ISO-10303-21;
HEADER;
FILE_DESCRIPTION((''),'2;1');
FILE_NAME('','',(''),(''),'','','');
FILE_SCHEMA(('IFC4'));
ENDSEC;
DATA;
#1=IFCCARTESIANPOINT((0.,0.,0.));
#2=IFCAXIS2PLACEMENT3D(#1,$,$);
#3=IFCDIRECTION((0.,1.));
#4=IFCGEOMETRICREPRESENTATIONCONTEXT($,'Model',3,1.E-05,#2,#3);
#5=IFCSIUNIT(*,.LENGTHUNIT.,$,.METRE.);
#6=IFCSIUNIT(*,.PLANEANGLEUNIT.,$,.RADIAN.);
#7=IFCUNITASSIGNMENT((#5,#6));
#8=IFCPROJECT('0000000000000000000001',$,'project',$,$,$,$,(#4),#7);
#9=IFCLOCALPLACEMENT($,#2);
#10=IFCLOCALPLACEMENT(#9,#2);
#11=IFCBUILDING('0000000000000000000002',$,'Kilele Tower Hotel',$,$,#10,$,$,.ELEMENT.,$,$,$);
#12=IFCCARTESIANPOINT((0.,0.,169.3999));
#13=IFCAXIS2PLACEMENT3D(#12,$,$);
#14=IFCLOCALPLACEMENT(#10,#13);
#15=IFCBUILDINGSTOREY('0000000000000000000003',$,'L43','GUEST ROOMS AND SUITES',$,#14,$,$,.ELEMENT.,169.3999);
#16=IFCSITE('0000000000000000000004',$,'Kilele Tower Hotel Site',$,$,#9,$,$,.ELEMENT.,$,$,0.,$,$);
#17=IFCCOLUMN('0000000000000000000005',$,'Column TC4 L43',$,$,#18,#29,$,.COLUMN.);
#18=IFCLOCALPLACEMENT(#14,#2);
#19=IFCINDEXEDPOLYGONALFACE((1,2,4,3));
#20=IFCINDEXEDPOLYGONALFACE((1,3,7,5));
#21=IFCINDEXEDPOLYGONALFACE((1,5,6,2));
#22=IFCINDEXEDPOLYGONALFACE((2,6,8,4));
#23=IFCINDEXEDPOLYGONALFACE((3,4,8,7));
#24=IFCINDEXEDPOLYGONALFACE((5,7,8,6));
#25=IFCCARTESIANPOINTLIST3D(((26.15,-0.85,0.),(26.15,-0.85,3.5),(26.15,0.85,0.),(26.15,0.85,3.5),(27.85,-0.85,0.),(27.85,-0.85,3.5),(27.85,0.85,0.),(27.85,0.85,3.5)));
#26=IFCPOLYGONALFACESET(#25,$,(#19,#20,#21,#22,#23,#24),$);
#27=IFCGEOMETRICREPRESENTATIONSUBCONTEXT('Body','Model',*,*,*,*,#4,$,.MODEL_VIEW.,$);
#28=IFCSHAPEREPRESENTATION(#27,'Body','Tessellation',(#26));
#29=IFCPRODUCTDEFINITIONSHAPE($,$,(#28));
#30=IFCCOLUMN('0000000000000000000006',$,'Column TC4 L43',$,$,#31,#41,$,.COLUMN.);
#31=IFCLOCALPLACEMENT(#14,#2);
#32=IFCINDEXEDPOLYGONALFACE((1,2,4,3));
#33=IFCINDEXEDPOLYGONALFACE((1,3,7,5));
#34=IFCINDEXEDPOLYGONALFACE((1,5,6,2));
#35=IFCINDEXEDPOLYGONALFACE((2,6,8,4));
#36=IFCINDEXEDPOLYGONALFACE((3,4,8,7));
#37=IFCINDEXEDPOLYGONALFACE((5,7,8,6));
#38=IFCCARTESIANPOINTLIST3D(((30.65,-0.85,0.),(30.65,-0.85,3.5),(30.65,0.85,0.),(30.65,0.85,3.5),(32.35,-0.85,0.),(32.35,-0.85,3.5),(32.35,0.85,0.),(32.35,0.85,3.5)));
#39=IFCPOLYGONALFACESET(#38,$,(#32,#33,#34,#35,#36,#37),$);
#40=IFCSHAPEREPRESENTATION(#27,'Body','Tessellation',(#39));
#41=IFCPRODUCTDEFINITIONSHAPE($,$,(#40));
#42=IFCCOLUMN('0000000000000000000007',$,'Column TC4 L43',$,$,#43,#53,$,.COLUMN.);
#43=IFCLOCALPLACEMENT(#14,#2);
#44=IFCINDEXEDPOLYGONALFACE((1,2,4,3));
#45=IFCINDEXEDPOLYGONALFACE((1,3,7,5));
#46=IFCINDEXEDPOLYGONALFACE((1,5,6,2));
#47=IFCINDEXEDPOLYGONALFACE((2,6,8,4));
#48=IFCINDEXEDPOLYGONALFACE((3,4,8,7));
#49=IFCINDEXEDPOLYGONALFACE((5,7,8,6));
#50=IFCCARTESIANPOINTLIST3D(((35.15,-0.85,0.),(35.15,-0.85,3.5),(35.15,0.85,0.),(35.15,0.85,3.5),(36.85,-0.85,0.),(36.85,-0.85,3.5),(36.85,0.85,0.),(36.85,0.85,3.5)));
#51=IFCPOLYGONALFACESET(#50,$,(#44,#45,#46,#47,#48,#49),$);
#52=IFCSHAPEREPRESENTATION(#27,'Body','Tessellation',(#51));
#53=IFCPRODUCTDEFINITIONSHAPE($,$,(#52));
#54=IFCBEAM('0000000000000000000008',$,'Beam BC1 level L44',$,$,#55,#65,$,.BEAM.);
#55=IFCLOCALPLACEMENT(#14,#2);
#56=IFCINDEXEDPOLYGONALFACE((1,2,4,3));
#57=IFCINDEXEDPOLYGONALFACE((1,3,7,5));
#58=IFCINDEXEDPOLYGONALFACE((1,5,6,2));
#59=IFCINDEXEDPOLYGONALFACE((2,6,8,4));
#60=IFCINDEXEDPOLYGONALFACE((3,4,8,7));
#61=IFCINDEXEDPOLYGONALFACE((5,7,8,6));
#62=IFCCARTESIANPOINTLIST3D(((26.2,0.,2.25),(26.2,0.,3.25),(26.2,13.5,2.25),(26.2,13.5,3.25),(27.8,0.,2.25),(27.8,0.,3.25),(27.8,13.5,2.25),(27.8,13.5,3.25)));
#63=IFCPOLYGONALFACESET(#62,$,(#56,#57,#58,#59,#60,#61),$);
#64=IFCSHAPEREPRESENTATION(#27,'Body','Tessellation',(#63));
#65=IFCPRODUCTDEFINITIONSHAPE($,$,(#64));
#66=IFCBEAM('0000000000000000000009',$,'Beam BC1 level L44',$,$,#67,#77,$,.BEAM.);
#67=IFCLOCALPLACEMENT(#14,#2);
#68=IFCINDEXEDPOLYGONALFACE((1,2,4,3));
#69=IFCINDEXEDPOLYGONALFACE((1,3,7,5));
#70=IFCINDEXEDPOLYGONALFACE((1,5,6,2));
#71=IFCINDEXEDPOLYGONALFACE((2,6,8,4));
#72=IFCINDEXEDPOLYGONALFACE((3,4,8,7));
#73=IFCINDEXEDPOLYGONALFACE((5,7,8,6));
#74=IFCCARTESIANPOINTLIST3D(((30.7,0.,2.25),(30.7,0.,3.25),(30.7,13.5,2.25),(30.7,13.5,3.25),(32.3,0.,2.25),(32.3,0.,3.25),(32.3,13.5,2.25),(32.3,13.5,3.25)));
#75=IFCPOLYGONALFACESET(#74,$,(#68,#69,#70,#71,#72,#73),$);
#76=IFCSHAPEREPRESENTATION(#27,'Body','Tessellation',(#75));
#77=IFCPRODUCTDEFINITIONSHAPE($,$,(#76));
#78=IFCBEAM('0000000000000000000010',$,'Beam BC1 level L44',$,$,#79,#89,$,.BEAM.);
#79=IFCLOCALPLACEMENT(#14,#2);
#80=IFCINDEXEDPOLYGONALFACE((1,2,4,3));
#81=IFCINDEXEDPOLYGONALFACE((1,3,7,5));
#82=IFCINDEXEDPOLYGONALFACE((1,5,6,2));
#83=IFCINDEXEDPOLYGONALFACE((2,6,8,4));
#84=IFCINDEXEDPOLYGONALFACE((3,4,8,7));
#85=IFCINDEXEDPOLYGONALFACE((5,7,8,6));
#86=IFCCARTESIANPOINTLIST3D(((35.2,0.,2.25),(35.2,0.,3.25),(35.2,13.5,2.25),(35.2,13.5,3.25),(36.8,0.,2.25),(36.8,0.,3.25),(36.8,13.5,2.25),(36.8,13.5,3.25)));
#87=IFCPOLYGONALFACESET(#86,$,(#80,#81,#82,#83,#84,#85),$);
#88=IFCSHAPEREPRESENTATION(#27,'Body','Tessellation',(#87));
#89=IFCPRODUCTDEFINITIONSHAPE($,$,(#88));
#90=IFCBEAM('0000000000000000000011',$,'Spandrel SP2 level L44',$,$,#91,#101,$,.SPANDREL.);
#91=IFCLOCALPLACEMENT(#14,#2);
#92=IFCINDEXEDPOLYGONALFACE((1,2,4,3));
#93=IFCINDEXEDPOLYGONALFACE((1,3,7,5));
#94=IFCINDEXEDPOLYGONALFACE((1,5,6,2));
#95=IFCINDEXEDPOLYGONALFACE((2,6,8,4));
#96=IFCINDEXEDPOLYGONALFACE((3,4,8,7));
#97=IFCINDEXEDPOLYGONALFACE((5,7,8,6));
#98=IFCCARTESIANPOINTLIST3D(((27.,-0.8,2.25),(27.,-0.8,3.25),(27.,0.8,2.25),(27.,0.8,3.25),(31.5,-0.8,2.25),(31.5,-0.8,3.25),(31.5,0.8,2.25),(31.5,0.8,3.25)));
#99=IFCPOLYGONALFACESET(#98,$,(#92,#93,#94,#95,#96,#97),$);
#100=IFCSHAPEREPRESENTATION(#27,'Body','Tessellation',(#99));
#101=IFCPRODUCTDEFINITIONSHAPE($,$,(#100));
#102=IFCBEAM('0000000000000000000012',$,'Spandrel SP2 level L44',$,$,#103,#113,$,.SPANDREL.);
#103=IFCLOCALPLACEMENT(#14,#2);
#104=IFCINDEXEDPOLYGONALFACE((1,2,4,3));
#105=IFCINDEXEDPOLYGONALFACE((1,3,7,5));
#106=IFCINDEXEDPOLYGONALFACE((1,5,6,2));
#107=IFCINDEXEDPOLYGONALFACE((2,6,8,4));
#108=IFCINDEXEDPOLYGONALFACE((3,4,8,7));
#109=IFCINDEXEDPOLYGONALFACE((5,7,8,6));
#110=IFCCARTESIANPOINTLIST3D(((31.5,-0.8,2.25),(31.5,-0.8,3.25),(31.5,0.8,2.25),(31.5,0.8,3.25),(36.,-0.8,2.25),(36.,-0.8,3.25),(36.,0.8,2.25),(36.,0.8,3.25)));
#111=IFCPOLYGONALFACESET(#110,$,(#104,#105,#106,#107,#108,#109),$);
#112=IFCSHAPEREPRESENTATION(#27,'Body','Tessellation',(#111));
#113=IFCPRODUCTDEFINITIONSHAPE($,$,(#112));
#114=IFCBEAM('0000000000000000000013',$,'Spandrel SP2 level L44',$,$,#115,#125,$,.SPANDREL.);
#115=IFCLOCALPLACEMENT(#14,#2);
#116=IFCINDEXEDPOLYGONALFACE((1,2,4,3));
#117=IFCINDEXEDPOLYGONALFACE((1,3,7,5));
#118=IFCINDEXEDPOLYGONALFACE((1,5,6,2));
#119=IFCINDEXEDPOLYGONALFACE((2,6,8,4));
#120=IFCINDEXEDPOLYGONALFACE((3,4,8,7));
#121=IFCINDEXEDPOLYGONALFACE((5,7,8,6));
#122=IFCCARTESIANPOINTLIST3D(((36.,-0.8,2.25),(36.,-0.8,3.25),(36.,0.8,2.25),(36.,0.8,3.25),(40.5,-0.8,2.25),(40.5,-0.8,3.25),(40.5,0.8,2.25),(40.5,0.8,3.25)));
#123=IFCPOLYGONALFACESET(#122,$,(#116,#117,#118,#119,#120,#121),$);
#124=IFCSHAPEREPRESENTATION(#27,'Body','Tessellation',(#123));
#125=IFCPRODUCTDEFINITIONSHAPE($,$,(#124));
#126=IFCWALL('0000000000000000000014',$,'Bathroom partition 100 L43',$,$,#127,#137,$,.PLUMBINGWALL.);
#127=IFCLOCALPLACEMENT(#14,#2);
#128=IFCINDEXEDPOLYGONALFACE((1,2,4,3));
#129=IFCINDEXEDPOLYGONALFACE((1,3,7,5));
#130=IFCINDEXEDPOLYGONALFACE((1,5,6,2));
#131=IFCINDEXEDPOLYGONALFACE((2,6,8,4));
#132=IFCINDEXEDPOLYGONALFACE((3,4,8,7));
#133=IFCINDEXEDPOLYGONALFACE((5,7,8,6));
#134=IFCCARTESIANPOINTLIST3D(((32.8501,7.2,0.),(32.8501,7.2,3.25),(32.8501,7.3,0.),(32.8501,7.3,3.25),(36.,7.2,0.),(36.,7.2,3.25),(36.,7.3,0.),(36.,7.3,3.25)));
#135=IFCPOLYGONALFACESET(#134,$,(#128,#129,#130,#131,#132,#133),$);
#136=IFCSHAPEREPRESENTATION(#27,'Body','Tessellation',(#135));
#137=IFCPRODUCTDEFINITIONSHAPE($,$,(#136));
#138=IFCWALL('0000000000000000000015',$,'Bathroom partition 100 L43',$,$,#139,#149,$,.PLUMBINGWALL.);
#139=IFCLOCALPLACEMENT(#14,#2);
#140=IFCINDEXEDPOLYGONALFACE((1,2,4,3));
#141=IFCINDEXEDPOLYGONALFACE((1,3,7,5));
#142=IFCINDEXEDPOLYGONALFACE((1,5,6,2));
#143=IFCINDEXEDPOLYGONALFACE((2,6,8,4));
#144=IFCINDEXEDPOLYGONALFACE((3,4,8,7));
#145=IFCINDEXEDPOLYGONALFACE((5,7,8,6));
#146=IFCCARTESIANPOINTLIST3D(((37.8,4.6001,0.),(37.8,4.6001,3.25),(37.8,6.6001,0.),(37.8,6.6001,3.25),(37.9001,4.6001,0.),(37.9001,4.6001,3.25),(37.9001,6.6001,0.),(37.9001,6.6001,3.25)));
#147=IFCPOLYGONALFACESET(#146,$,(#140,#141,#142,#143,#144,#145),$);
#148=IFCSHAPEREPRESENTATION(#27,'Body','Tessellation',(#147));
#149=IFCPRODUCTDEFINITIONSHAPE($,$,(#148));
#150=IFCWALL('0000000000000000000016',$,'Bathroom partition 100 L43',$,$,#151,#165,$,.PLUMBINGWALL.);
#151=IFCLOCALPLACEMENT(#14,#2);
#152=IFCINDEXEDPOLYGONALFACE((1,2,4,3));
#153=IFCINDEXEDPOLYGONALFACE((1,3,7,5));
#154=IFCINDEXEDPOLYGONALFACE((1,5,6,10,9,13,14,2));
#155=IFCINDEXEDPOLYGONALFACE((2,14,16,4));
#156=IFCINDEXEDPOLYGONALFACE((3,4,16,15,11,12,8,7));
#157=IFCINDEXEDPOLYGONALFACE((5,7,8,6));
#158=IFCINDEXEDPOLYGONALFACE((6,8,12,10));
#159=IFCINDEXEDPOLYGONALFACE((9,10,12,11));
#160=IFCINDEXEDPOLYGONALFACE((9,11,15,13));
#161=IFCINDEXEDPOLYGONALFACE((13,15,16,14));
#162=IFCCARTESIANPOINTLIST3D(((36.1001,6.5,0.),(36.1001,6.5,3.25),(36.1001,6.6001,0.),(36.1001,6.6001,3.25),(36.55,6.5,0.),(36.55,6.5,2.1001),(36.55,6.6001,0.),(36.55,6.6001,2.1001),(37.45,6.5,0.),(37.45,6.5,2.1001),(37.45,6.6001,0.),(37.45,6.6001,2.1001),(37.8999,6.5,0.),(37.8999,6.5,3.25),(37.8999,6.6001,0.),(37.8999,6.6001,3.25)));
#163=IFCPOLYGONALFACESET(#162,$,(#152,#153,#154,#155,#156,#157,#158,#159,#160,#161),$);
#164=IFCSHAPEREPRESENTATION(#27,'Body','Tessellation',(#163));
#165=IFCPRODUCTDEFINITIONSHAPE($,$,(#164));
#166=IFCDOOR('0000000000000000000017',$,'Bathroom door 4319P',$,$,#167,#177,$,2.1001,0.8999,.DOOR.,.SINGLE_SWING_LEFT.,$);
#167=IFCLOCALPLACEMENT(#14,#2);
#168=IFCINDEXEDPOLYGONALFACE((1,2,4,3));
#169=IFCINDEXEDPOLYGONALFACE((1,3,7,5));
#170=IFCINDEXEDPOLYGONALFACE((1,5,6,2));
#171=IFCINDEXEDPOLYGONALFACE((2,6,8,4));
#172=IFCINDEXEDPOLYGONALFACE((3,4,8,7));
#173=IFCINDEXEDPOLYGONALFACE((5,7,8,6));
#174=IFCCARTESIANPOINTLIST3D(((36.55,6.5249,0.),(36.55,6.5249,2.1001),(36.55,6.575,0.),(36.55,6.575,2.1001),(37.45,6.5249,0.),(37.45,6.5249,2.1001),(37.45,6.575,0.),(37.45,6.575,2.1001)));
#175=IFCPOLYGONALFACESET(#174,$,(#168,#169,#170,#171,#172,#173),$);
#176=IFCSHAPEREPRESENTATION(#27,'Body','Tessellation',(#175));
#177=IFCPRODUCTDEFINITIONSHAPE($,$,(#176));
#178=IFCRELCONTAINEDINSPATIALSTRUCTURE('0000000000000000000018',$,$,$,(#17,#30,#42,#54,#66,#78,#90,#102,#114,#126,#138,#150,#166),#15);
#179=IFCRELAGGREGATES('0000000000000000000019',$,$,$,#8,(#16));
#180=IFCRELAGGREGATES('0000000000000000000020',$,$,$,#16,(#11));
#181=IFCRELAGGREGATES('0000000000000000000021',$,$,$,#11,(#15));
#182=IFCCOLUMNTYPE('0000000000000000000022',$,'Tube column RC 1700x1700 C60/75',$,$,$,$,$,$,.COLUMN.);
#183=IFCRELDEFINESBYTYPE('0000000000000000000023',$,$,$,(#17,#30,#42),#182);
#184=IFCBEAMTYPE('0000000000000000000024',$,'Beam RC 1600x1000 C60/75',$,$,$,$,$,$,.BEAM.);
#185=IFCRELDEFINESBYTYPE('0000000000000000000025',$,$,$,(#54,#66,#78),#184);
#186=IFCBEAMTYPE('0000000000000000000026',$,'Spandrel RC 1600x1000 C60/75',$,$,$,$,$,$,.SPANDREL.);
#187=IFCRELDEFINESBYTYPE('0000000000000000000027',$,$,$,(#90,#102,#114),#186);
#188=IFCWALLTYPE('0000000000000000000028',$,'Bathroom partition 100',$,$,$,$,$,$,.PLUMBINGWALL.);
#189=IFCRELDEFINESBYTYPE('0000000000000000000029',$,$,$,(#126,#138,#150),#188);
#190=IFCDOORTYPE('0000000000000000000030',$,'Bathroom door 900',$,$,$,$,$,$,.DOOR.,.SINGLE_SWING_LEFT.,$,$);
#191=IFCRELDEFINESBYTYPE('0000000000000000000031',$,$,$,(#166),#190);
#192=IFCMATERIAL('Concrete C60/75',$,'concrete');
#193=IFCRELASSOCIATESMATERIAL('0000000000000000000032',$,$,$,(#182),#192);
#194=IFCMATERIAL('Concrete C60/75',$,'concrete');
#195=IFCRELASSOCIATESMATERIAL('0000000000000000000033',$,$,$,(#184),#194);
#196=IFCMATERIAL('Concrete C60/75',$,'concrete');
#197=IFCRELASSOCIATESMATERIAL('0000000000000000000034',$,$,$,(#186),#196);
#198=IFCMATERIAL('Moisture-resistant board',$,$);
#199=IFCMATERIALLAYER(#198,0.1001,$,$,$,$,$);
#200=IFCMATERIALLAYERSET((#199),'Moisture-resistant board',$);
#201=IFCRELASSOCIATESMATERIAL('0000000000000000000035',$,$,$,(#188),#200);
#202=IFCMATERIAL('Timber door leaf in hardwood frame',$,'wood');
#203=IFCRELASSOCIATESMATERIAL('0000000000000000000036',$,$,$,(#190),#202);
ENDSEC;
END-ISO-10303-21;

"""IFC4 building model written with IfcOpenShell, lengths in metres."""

from ifc_helpers import new_model, si_unit, direction, frame, frame_2d, origin, origin_2d, place, context, subcontext, project, spatial, rectangle, extrude, material, layer, layer_set, material_profile, profile_set, type_object, element, fill, save


model = new_model("IFC4")

# Units and contexts
model_context = context("Model", 3, precision=1e-05, world=origin(), true_north=direction((0.0, 1.0)))
body_context = subcontext(model_context, "Body", "Model", "MODEL_VIEW")
ifc_project = project(units=[si_unit("LENGTHUNIT", "METRE"), si_unit("PLANEANGLEUNIT", "RADIAN")], contexts=[model_context])

# Site, building, storey
site_placement = place(None, origin())
site = spatial("IfcSite", under=ifc_project, at=site_placement, Name="Kilele Tower Hotel Site", CompositionType="ELEMENT", RefElevation=0.0)
building_placement = place(site_placement, origin())
building = spatial("IfcBuilding", under=site, at=building_placement, Name="Kilele Tower Hotel", CompositionType="ELEMENT")
storey_placement = place(building_placement, frame((0.0, 0.0, 169.3999)))
storey = spatial("IfcBuildingStorey", under=building, at=storey_placement, Name="L43", Description="GUEST ROOMS AND SUITES", CompositionType="ELEMENT", Elevation=169.3999)

# Columns
ifc_material_1 = material(Name="Concrete C60/75", Category="concrete")
ifc_material_profile_1 = material_profile(ifc_material_1, rectangle(XDim=1.7, YDim=1.7, at=origin_2d()))
ifc_profile_set_1 = profile_set([ifc_material_profile_1], Name="Concrete C60/75")
column_type = type_object("IfcColumnType", Name="Tube column RC 1700x1700 C60/75", PredefinedType="COLUMN", material=ifc_profile_set_1)
for number, where, z_axis, x_axis, name in (
    (1, (27.0, 0.0, 0.0), (0.0, 0.0, 1.0), (1.0, 0.0, 0.0), "Column TC4 L43"),
    (2, (31.5, 0.0, 0.0), (0.0, 0.0, 1.0), (1.0, 0.0, 0.0), "Column TC4 L43"),
    (3, (36.0, 0.0, 0.0), (0.0, 0.0, 1.0), (1.0, 0.0, 0.0), "Column TC4 L43"),
):
    element("IfcColumn", number, at=place(storey_placement, frame(where, z_axis=z_axis, x_axis=x_axis)), inside=storey, type_object=column_type, Name=name, PredefinedType="COLUMN", context=body_context, shape_type="SweptSolid", body=[
        extrude(rectangle(XDim=1.7, YDim=1.7, at=origin_2d()), origin(), (0.0, 0.0, 1.0), 3.5),
    ])

# Beams
ifc_material_2 = material(Name="Concrete C60/75", Category="concrete")
ifc_material_profile_2 = material_profile(ifc_material_2, rectangle(XDim=1.6001, YDim=1.0, at=origin_2d()))
ifc_profile_set_2 = profile_set([ifc_material_profile_2], Name="Concrete C60/75")
beam_type_1 = type_object("IfcBeamType", Name="Beam RC 1600x1000 C60/75", PredefinedType="BEAM", material=ifc_profile_set_2)
for number, where, z_axis, x_axis, name in (
    (4, (27.0, 0.0, 2.75), (0.0, 1.0, 0.0), (-1.0, 0.0, 0.0), "Beam BC1 level L44"),
    (5, (31.5, 0.0, 2.75), (0.0, 1.0, 0.0), (-1.0, 0.0, 0.0), "Beam BC1 level L44"),
    (6, (36.0, 0.0, 2.75), (0.0, 1.0, 0.0), (-1.0, 0.0, 0.0), "Beam BC1 level L44"),
):
    element("IfcBeam", number, at=place(storey_placement, frame(where, z_axis=z_axis, x_axis=x_axis)), inside=storey, type_object=beam_type_1, Name=name, PredefinedType="BEAM", context=body_context, shape_type="SweptSolid", body=[
        extrude(rectangle(XDim=1.6001, YDim=1.0, at=origin_2d()), origin(), (0.0, 0.0, 1.0), 13.5),
    ])
ifc_material_3 = material(Name="Concrete C60/75", Category="concrete")
ifc_material_profile_3 = material_profile(ifc_material_3, rectangle(XDim=1.6001, YDim=1.0, at=origin_2d()))
ifc_profile_set_3 = profile_set([ifc_material_profile_3], Name="Concrete C60/75")
beam_type_2 = type_object("IfcBeamType", Name="Spandrel RC 1600x1000 C60/75", PredefinedType="SPANDREL", material=ifc_profile_set_3)
for number, where, z_axis, x_axis, name in (
    (7, (27.0, 0.0, 2.75), (1.0, 0.0, 0.0), (0.0, 1.0, 0.0), "Spandrel SP2 level L44"),
    (8, (31.5, 0.0, 2.75), (1.0, 0.0, 0.0), (0.0, 1.0, 0.0), "Spandrel SP2 level L44"),
    (9, (36.0, 0.0, 2.75), (1.0, 0.0, 0.0), (0.0, 1.0, 0.0), "Spandrel SP2 level L44"),
):
    element("IfcBeam", number, at=place(storey_placement, frame(where, z_axis=z_axis, x_axis=x_axis)), inside=storey, type_object=beam_type_2, Name=name, PredefinedType="SPANDREL", context=body_context, shape_type="SweptSolid", body=[
        extrude(rectangle(XDim=1.6001, YDim=1.0, at=origin_2d()), origin(), (0.0, 0.0, 1.0), 4.5),
    ])

# Walls
ifc_material_4 = material(Name="Moisture-resistant board")
ifc_layer_1 = layer(ifc_material_4, 0.1001)
ifc_layer_set_1 = layer_set([ifc_layer_1], Name="Moisture-resistant board")
wall_type_1 = type_object("IfcWallType", Name="Bathroom partition 100", PredefinedType="PLUMBINGWALL", material=ifc_layer_set_1)
wall_1_placement = place(storey_placement, frame((32.8501, 7.25, 0.0), z_axis=(0.0, 0.0, 1.0), x_axis=(1.0, 0.0, 0.0)))
element("IfcWall", 10, at=wall_1_placement, inside=storey, type_object=wall_type_1, Name="Bathroom partition 100 L43", PredefinedType="PLUMBINGWALL", context=body_context, shape_type="SweptSolid", body=[
    extrude(rectangle(XDim=3.1499, YDim=0.1001, at=frame_2d((1.575, 0.0))), origin(), (0.0, 0.0, 1.0), 3.25),
])
wall_2_placement = place(storey_placement, frame((37.8501, 4.6001, 0.0), z_axis=(0.0, 0.0, 1.0), x_axis=(0.0, 1.0, 0.0)))
element("IfcWall", 11, at=wall_2_placement, inside=storey, type_object=wall_type_1, Name="Bathroom partition 100 L43", PredefinedType="PLUMBINGWALL", context=body_context, shape_type="SweptSolid", body=[
    extrude(rectangle(XDim=2.0, YDim=0.1001, at=frame_2d((1.0, 0.0))), origin(), (0.0, 0.0, 1.0), 3.25),
])

# Wall, opening, door
wall_3_placement = place(storey_placement, frame((36.1001, 6.55, 0.0), z_axis=(0.0, 0.0, 1.0), x_axis=(1.0, 0.0, 0.0)))
wall_3 = element("IfcWall", 12, at=wall_3_placement, inside=storey, type_object=wall_type_1, Name="Bathroom partition 100 L43", PredefinedType="PLUMBINGWALL", context=body_context, shape_type="SweptSolid", body=[
    extrude(rectangle(XDim=1.7998, YDim=0.1001, at=frame_2d((0.8999, 0.0))), origin(), (0.0, 0.0, 1.0), 3.25),
])
opening_1_placement = place(wall_3_placement, frame((0.45, 0.0, 0.0)))
opening_1 = element("IfcOpeningElement", 13, at=opening_1_placement, cuts=wall_3, PredefinedType="OPENING", context=body_context, shape_type="SweptSolid", body=[
    extrude(rectangle(XDim=0.8999, YDim=2.1001, at=frame_2d((0.45, 1.05))), frame((0.0, 0.0601, 0.0), z_axis=(0.0, -1.0, 0.0), x_axis=(1.0, 0.0, 0.0)), (0.0, 0.0, 1.0), 0.1201),
])
ifc_material_5 = material(Name="Timber door leaf in hardwood frame", Category="wood")
door_type_1 = type_object("IfcDoorType", Name="Bathroom door 900", OperationType="SINGLE_SWING_LEFT", PredefinedType="DOOR", material=ifc_material_5)
door_1_placement = place(opening_1_placement, origin())
door_1 = element("IfcDoor", 14, at=door_1_placement, inside=storey, type_object=door_type_1, Name="Bathroom door 4319P", OperationType="SINGLE_SWING_LEFT", OverallHeight=2.1001, OverallWidth=0.8999, PredefinedType="DOOR", context=body_context, shape_type="SweptSolid", body=[
    extrude(rectangle(XDim=0.8999, YDim=2.1001, at=frame_2d((0.45, 1.05))), frame((0.0, 0.0249, 0.0), z_axis=(0.0, -1.0, 0.0), x_axis=(1.0, 0.0, 0.0)), (0.0, 0.0, 1.0), 0.05),
])
fill(opening_1, door_1)

save(model, "model.ifc")
